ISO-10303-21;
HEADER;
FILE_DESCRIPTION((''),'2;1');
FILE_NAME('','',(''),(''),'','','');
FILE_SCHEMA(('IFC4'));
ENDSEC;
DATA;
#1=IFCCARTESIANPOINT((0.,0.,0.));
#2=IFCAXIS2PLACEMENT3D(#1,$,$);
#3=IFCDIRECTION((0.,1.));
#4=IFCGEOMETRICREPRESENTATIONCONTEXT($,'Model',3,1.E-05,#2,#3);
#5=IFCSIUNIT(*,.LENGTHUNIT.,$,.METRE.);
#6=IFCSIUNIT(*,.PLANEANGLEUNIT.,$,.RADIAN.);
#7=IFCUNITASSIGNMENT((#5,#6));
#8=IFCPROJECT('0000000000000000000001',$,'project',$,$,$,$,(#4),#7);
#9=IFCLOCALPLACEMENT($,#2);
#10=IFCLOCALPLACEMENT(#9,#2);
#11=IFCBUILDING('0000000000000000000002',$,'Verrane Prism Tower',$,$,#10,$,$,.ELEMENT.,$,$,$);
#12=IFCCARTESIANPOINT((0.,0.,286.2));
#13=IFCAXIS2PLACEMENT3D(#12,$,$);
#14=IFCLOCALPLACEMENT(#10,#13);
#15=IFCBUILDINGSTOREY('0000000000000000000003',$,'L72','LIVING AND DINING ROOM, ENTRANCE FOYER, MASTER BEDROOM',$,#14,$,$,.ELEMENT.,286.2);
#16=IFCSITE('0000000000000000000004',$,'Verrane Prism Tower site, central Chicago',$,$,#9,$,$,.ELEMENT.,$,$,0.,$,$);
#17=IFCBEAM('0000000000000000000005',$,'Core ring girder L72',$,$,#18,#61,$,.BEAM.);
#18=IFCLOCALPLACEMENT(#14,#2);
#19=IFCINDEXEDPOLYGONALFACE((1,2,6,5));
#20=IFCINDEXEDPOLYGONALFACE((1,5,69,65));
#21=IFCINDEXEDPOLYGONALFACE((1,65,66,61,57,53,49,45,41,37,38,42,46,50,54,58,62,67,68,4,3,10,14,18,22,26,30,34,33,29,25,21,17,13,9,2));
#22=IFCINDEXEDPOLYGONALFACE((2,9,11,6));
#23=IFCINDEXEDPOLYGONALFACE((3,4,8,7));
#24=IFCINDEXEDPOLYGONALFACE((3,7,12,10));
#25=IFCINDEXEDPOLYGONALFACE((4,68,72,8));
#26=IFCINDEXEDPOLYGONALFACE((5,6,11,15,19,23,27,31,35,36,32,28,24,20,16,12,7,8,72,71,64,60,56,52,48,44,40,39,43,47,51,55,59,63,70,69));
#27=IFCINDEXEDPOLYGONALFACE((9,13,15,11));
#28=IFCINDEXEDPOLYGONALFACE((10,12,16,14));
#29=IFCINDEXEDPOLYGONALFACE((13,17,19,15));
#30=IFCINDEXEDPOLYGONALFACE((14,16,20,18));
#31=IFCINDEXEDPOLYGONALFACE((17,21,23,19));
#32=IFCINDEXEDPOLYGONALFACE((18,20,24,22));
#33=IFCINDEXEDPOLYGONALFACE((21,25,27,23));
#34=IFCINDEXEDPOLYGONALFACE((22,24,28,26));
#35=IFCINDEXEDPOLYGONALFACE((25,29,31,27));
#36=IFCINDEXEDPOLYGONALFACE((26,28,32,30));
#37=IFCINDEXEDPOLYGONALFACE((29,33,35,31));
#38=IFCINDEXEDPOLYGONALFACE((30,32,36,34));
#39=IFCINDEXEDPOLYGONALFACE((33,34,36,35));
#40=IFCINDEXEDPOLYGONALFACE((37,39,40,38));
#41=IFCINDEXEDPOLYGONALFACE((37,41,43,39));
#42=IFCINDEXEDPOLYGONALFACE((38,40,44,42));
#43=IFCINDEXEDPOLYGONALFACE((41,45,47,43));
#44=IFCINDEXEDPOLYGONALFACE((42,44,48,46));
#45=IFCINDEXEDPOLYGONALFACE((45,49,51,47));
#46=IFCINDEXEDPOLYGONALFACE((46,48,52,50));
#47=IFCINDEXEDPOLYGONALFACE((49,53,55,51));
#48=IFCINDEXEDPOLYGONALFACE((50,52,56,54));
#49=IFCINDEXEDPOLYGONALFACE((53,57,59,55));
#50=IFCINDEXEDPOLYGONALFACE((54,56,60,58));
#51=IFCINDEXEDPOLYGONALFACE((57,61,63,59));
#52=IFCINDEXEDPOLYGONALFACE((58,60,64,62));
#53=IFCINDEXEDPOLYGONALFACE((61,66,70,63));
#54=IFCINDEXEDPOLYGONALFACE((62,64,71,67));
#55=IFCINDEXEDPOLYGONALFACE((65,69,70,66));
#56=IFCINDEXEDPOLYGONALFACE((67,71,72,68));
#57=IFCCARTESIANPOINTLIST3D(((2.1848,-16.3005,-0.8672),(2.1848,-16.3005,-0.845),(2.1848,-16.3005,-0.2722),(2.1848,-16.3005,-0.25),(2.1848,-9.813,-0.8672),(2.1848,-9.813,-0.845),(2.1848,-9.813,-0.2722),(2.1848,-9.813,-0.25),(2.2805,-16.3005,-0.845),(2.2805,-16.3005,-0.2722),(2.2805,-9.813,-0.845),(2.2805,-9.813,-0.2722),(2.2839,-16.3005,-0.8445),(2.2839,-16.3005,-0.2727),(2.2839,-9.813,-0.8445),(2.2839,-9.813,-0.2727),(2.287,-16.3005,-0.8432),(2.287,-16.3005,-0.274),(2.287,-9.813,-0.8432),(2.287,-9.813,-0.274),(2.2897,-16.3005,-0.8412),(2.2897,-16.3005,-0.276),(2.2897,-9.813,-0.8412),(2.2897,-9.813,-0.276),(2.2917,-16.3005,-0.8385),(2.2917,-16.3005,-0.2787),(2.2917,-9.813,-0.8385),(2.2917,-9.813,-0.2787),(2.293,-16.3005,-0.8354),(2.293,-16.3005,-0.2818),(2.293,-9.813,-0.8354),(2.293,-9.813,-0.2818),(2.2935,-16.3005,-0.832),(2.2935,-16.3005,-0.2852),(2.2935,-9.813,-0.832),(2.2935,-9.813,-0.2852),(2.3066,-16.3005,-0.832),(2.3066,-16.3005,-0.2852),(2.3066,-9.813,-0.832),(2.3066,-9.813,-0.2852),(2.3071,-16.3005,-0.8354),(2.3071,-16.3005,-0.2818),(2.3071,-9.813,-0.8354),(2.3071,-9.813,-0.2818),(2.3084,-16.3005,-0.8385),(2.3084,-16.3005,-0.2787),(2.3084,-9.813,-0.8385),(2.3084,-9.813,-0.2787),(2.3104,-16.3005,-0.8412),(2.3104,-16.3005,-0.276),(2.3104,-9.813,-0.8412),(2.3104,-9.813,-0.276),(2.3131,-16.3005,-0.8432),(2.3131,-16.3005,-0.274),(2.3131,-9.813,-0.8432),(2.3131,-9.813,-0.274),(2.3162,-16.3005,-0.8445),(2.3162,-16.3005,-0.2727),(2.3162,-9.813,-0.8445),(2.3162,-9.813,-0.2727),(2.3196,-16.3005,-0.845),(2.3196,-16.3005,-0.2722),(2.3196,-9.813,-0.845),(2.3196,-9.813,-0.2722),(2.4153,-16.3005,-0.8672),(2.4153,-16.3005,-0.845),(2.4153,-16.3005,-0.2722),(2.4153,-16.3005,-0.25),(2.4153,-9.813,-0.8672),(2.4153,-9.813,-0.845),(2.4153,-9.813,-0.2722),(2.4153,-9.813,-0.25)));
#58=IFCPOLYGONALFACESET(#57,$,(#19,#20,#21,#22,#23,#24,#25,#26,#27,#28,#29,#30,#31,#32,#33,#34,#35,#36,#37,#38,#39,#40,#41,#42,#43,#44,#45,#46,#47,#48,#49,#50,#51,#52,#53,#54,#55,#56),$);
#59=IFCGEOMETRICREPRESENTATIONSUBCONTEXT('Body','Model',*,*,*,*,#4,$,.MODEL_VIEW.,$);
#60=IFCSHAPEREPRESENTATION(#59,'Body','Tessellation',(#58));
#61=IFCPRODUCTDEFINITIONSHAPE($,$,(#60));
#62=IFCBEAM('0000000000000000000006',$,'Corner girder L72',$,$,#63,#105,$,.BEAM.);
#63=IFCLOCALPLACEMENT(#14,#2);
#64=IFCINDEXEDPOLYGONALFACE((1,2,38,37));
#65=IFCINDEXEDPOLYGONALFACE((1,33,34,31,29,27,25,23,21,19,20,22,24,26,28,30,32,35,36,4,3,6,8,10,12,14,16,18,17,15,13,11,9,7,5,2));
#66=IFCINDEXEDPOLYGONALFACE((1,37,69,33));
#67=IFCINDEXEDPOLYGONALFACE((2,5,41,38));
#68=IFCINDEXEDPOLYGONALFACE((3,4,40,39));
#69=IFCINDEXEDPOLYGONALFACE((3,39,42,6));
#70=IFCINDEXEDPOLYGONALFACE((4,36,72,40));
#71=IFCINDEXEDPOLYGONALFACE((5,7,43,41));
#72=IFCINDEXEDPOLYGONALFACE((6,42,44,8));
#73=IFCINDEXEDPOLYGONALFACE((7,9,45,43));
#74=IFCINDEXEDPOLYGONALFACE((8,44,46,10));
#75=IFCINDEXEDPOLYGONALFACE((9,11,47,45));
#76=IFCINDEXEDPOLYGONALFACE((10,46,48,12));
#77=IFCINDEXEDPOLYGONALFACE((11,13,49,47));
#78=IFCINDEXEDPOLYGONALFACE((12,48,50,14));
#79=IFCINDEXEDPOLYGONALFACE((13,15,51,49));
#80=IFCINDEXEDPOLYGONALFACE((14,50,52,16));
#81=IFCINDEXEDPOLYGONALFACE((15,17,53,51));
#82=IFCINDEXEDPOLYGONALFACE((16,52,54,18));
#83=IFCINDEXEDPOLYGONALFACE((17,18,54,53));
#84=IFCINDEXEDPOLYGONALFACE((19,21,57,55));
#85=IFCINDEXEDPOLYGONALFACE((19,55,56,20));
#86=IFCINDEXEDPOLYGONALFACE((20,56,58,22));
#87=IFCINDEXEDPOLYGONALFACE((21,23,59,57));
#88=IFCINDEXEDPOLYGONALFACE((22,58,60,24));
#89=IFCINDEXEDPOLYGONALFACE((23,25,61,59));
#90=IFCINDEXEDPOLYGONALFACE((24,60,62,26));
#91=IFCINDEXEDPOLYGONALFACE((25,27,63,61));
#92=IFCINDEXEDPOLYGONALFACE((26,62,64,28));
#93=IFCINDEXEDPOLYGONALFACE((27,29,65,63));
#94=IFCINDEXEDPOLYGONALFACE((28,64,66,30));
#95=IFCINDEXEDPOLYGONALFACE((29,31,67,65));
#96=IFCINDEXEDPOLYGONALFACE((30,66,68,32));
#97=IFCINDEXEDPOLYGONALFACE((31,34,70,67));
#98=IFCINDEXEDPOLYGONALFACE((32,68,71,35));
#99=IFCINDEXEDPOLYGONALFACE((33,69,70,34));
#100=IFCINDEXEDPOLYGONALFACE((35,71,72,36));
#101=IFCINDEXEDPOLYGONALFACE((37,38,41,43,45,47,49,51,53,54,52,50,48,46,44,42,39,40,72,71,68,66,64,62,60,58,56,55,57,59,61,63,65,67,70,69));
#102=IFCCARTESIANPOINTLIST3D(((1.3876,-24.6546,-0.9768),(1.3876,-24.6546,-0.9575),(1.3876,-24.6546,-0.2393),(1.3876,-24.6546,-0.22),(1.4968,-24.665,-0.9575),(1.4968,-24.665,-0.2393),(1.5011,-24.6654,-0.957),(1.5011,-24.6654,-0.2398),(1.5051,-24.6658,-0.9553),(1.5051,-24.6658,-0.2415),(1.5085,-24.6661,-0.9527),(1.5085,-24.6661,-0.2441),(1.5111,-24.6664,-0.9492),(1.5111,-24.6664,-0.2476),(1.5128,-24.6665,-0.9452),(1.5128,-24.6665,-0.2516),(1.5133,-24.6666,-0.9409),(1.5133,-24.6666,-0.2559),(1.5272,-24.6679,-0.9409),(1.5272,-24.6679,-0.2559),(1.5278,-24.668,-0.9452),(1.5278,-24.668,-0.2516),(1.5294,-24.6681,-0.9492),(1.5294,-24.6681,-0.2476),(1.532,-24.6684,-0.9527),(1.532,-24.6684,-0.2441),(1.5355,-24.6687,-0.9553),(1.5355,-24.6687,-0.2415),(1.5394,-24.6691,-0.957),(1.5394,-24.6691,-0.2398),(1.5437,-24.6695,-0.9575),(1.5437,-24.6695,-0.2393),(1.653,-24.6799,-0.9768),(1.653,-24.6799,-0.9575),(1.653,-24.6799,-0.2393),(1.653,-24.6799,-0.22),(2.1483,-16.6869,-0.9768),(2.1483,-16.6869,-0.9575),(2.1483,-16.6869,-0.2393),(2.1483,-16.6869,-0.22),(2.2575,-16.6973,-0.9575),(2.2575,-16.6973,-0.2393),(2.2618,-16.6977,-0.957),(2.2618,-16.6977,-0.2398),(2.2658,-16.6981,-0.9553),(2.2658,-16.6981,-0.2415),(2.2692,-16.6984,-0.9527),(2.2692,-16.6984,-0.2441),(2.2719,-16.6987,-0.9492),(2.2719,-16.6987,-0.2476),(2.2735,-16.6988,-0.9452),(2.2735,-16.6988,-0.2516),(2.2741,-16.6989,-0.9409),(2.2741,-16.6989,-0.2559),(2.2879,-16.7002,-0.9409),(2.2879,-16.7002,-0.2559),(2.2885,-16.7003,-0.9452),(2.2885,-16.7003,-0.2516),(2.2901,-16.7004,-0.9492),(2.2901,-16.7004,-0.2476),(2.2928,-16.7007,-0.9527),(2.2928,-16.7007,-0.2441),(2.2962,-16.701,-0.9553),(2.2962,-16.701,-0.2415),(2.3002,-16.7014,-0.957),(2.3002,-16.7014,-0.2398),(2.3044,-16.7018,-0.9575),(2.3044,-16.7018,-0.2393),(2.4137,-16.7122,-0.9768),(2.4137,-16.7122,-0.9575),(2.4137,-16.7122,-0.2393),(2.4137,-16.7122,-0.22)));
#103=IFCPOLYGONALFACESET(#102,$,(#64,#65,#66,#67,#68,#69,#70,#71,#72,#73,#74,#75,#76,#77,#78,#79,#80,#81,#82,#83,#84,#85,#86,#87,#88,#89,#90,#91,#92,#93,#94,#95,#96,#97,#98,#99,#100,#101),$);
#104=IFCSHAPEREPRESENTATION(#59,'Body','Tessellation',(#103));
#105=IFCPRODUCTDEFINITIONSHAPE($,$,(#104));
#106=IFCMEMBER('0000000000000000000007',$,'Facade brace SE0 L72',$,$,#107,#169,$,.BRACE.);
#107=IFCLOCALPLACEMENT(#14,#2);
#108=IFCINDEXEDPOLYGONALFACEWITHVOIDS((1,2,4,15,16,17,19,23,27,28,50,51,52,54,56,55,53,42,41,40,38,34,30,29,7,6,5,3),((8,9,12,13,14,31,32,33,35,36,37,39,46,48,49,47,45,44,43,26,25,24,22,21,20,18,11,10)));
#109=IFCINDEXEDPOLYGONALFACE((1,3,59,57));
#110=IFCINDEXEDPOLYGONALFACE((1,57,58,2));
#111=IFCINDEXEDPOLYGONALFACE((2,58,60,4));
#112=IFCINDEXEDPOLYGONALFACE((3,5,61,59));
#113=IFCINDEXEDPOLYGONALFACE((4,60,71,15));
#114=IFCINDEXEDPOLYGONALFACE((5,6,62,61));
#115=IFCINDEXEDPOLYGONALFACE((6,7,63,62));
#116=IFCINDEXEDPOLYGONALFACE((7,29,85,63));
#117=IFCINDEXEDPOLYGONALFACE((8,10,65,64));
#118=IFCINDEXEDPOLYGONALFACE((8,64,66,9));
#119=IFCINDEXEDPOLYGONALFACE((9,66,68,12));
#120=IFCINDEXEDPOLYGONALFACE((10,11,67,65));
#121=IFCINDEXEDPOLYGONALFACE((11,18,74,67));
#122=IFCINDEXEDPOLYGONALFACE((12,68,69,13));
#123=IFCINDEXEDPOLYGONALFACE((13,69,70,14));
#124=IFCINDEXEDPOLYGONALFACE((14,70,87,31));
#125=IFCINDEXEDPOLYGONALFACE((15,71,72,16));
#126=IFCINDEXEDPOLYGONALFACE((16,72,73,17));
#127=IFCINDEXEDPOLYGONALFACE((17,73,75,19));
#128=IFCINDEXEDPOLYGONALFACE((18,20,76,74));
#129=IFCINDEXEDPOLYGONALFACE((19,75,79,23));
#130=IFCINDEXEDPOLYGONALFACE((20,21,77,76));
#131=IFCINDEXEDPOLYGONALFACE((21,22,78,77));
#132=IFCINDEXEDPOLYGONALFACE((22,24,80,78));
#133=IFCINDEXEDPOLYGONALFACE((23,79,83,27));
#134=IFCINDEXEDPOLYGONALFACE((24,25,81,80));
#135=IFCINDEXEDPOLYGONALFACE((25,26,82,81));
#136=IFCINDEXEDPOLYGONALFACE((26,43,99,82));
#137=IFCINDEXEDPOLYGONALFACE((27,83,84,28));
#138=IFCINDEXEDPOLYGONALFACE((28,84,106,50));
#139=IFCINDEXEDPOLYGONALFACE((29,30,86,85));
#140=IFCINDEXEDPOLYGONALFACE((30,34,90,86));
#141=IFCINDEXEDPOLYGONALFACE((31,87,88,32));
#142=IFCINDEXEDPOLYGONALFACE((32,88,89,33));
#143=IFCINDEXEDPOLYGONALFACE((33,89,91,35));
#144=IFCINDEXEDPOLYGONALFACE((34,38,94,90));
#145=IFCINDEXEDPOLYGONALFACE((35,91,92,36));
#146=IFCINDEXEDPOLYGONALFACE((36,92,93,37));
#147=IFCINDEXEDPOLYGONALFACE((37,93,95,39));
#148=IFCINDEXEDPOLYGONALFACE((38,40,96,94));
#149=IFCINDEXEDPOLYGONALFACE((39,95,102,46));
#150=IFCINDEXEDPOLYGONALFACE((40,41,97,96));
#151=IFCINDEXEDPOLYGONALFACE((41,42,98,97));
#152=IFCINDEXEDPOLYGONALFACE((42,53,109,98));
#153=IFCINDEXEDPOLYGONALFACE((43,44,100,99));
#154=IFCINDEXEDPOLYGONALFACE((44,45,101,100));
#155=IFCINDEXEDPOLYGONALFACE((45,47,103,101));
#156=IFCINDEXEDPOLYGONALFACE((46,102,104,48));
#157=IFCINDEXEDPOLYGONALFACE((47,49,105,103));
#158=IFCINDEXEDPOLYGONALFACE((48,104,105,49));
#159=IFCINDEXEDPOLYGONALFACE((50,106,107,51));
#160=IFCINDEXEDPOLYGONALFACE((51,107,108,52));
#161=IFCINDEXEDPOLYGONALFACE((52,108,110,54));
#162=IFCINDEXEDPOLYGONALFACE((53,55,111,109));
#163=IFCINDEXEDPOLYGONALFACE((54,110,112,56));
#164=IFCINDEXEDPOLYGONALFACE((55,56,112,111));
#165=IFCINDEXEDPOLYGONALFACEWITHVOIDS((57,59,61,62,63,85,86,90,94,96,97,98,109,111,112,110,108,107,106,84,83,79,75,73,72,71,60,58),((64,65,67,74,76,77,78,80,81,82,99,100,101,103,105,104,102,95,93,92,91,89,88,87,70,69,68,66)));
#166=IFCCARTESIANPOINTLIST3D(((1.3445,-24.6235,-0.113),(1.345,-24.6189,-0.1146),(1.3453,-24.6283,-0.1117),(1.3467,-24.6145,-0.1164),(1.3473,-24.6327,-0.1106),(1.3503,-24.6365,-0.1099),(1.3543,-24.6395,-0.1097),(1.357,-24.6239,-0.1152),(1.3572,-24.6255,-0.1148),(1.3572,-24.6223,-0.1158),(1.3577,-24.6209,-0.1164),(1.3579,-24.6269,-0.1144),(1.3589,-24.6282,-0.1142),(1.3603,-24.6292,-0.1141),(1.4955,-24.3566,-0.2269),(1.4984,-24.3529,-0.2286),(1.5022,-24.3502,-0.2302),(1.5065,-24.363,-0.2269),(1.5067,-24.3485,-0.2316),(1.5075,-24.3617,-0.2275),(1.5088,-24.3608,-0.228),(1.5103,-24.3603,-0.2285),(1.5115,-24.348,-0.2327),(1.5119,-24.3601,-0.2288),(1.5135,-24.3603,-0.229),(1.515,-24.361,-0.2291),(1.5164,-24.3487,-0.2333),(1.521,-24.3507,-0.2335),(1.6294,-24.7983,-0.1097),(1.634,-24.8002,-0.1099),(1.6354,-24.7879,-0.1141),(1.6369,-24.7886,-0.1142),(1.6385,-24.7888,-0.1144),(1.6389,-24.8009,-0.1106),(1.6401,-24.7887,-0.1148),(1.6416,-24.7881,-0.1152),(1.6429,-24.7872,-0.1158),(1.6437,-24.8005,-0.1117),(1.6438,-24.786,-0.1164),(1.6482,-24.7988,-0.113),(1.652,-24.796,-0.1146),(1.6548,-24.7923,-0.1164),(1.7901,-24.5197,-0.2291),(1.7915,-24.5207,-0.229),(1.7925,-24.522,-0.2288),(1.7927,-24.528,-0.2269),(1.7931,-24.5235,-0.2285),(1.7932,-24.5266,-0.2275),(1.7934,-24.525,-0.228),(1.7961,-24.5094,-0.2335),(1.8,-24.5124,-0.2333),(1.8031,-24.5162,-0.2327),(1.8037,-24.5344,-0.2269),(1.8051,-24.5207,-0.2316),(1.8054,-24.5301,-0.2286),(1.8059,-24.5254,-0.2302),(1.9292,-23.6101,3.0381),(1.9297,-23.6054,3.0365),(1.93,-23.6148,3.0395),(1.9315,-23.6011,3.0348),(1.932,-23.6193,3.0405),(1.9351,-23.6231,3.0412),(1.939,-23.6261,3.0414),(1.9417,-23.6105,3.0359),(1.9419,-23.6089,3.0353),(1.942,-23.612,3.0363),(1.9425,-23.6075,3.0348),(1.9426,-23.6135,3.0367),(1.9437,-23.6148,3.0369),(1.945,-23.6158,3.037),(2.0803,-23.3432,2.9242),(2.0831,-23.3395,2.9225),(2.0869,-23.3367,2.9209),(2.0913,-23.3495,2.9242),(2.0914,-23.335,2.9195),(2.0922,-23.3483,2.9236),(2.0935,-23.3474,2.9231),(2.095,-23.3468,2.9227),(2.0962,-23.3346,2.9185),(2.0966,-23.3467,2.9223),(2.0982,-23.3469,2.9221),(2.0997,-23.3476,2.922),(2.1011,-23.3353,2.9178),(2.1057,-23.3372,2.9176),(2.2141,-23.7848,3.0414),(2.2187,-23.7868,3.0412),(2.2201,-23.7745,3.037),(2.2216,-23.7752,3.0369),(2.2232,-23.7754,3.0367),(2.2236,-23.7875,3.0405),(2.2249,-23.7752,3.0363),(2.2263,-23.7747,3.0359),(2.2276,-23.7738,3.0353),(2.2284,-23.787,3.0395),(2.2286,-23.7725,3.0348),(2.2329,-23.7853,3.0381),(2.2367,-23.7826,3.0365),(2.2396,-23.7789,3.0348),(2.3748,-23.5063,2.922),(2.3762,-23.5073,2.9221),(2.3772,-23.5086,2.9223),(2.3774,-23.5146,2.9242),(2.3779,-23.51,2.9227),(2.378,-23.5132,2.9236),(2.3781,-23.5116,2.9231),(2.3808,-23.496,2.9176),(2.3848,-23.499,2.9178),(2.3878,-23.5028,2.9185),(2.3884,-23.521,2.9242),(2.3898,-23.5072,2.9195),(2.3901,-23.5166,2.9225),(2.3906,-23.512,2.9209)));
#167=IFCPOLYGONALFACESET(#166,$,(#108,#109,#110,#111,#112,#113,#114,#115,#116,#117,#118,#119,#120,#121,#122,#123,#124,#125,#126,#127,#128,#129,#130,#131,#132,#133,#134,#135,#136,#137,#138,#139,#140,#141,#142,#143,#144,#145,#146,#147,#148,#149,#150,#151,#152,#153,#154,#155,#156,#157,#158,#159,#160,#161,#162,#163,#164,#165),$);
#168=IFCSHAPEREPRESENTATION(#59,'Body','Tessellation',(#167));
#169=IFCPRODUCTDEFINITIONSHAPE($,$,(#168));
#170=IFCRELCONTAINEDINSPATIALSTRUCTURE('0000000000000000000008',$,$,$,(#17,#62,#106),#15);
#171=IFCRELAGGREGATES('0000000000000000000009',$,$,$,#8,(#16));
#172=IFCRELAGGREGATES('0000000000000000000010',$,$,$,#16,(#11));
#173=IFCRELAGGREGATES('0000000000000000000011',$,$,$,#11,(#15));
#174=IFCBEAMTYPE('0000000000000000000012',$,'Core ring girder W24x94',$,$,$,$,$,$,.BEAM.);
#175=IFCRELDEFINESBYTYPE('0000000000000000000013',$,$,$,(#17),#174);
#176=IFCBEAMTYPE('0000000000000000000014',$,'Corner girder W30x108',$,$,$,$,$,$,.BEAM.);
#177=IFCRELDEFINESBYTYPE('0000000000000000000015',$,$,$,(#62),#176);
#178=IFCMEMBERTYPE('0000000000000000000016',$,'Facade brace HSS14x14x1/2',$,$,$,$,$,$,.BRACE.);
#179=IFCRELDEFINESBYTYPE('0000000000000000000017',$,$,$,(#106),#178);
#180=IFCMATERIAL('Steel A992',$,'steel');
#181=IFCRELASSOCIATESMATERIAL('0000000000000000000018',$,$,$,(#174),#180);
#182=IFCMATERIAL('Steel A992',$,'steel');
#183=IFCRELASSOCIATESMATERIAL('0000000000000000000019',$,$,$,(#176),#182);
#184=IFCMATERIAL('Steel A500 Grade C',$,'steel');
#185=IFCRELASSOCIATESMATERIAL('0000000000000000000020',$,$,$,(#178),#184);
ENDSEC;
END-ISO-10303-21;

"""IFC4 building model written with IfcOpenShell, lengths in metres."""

from ifc_helpers import new_model, si_unit, direction, frame, origin, origin_2d, place, context, subcontext, project, spatial, hollow_rectangle, i_section, extrude, material, material_profile, profile_set, type_object, element, save


model = new_model("IFC4")

# Units and contexts
model_context = context("Model", 3, precision=1e-05, world=origin(), true_north=direction((0.0, 1.0)))
body_context = subcontext(model_context, "Body", "Model", "MODEL_VIEW")
ifc_project = project(units=[si_unit("LENGTHUNIT", "METRE"), si_unit("PLANEANGLEUNIT", "RADIAN")], contexts=[model_context])

# Site, building, storey
site_placement = place(None, origin())
site = spatial("IfcSite", under=ifc_project, at=site_placement, Name="Verrane Prism Tower site, central Chicago", CompositionType="ELEMENT", RefElevation=0.0)
building_placement = place(site_placement, origin())
building = spatial("IfcBuilding", under=site, at=building_placement, Name="Verrane Prism Tower", CompositionType="ELEMENT")
storey_placement = place(building_placement, frame((0.0, 0.0, 286.2)))
storey = spatial("IfcBuildingStorey", under=building, at=storey_placement, Name="L72", Description="LIVING AND DINING ROOM, ENTRANCE FOYER, MASTER BEDROOM", CompositionType="ELEMENT", Elevation=286.2)

# Beams
ifc_material_1 = material(Name="Steel A992", Category="steel")
ifc_material_profile_1 = material_profile(ifc_material_1, i_section(OverallWidth=0.2305, OverallDepth=0.6172, WebThickness=0.0132, FlangeThickness=0.0222, FilletRadius=0.0129, at=origin_2d()), Name="W24x94")
ifc_profile_set_1 = profile_set([ifc_material_profile_1], Name="Steel A992")
beam_type_1 = type_object("IfcBeamType", Name="Core ring girder W24x94", PredefinedType="BEAM", material=ifc_profile_set_1)
beam_1_placement = place(storey_placement, frame((2.3, -16.3005, -0.5586), z_axis=(0.0, 1.0, 0.0), x_axis=(-1.0, 0.0, 0.0)))
element("IfcBeam", 1, at=beam_1_placement, inside=storey, type_object=beam_type_1, Name="Core ring girder L72", PredefinedType="BEAM", context=body_context, shape_type="SweptSolid", body=[
    extrude(i_section(OverallWidth=0.2305, OverallDepth=0.6172, WebThickness=0.0132, FlangeThickness=0.0222, FilletRadius=0.0129, at=origin_2d()), origin(), (0.0, 0.0, 1.0), 6.4875),
])
ifc_material_2 = material(Name="Steel A992", Category="steel")
ifc_material_profile_2 = material_profile(ifc_material_2, i_section(OverallWidth=0.2666, OverallDepth=0.7568, WebThickness=0.0139, FlangeThickness=0.0193, FilletRadius=0.0166, at=origin_2d()), Name="W30x108")
ifc_profile_set_2 = profile_set([ifc_material_profile_2], Name="Steel A992")
beam_type_2 = type_object("IfcBeamType", Name="Corner girder W30x108", PredefinedType="BEAM", material=ifc_profile_set_2)
beam_2_placement = place(storey_placement, frame((1.5203, -24.6672, -0.5984), z_axis=(0.095045, 0.995473, 0.0), x_axis=(-0.995473, 0.095045, 0.0)))
element("IfcBeam", 2, at=beam_2_placement, inside=storey, type_object=beam_type_2, Name="Corner girder L72", PredefinedType="BEAM", context=body_context, shape_type="SweptSolid", body=[
    extrude(i_section(OverallWidth=0.2666, OverallDepth=0.7568, WebThickness=0.0139, FlangeThickness=0.0193, FilletRadius=0.0166, at=origin_2d()), origin(), (0.0, 0.0, 1.0), 8.0039),
])

# Member
ifc_material_3 = material(Name="Steel A500 Grade C", Category="steel")
ifc_material_profile_3 = material_profile(ifc_material_3, hollow_rectangle(XDim=0.3557, YDim=0.3557, WallThickness=0.0127, InnerFilletRadius=0.0063, OuterFilletRadius=0.019, at=origin_2d()), Name="HSS14x14x1/2")
ifc_profile_set_3 = profile_set([ifc_material_profile_3], Name="Steel A500 Grade C")
member_type_1 = type_object("IfcMemberType", Name="Facade brace HSS14x14x1/2", PredefinedType="BRACE", material=ifc_profile_set_3)
member_1_placement = place(storey_placement, frame((1.5752, -24.5745, -0.1716), z_axis=(0.173954, 0.301497, 0.937465), x_axis=(-0.866168, 0.499753, 0.0)))
element("IfcMember", 3, at=member_1_placement, inside=storey, type_object=member_type_1, Name="Facade brace SE0 L72", PredefinedType="BRACE", context=body_context, shape_type="SweptSolid", body=[
    extrude(hollow_rectangle(XDim=0.3557, YDim=0.3557, WallThickness=0.0127, InnerFilletRadius=0.0063, OuterFilletRadius=0.019, at=origin_2d()), origin(), (0.0, 0.0, 1.0), 3.3613),
])

save(model, "model.ifc")
